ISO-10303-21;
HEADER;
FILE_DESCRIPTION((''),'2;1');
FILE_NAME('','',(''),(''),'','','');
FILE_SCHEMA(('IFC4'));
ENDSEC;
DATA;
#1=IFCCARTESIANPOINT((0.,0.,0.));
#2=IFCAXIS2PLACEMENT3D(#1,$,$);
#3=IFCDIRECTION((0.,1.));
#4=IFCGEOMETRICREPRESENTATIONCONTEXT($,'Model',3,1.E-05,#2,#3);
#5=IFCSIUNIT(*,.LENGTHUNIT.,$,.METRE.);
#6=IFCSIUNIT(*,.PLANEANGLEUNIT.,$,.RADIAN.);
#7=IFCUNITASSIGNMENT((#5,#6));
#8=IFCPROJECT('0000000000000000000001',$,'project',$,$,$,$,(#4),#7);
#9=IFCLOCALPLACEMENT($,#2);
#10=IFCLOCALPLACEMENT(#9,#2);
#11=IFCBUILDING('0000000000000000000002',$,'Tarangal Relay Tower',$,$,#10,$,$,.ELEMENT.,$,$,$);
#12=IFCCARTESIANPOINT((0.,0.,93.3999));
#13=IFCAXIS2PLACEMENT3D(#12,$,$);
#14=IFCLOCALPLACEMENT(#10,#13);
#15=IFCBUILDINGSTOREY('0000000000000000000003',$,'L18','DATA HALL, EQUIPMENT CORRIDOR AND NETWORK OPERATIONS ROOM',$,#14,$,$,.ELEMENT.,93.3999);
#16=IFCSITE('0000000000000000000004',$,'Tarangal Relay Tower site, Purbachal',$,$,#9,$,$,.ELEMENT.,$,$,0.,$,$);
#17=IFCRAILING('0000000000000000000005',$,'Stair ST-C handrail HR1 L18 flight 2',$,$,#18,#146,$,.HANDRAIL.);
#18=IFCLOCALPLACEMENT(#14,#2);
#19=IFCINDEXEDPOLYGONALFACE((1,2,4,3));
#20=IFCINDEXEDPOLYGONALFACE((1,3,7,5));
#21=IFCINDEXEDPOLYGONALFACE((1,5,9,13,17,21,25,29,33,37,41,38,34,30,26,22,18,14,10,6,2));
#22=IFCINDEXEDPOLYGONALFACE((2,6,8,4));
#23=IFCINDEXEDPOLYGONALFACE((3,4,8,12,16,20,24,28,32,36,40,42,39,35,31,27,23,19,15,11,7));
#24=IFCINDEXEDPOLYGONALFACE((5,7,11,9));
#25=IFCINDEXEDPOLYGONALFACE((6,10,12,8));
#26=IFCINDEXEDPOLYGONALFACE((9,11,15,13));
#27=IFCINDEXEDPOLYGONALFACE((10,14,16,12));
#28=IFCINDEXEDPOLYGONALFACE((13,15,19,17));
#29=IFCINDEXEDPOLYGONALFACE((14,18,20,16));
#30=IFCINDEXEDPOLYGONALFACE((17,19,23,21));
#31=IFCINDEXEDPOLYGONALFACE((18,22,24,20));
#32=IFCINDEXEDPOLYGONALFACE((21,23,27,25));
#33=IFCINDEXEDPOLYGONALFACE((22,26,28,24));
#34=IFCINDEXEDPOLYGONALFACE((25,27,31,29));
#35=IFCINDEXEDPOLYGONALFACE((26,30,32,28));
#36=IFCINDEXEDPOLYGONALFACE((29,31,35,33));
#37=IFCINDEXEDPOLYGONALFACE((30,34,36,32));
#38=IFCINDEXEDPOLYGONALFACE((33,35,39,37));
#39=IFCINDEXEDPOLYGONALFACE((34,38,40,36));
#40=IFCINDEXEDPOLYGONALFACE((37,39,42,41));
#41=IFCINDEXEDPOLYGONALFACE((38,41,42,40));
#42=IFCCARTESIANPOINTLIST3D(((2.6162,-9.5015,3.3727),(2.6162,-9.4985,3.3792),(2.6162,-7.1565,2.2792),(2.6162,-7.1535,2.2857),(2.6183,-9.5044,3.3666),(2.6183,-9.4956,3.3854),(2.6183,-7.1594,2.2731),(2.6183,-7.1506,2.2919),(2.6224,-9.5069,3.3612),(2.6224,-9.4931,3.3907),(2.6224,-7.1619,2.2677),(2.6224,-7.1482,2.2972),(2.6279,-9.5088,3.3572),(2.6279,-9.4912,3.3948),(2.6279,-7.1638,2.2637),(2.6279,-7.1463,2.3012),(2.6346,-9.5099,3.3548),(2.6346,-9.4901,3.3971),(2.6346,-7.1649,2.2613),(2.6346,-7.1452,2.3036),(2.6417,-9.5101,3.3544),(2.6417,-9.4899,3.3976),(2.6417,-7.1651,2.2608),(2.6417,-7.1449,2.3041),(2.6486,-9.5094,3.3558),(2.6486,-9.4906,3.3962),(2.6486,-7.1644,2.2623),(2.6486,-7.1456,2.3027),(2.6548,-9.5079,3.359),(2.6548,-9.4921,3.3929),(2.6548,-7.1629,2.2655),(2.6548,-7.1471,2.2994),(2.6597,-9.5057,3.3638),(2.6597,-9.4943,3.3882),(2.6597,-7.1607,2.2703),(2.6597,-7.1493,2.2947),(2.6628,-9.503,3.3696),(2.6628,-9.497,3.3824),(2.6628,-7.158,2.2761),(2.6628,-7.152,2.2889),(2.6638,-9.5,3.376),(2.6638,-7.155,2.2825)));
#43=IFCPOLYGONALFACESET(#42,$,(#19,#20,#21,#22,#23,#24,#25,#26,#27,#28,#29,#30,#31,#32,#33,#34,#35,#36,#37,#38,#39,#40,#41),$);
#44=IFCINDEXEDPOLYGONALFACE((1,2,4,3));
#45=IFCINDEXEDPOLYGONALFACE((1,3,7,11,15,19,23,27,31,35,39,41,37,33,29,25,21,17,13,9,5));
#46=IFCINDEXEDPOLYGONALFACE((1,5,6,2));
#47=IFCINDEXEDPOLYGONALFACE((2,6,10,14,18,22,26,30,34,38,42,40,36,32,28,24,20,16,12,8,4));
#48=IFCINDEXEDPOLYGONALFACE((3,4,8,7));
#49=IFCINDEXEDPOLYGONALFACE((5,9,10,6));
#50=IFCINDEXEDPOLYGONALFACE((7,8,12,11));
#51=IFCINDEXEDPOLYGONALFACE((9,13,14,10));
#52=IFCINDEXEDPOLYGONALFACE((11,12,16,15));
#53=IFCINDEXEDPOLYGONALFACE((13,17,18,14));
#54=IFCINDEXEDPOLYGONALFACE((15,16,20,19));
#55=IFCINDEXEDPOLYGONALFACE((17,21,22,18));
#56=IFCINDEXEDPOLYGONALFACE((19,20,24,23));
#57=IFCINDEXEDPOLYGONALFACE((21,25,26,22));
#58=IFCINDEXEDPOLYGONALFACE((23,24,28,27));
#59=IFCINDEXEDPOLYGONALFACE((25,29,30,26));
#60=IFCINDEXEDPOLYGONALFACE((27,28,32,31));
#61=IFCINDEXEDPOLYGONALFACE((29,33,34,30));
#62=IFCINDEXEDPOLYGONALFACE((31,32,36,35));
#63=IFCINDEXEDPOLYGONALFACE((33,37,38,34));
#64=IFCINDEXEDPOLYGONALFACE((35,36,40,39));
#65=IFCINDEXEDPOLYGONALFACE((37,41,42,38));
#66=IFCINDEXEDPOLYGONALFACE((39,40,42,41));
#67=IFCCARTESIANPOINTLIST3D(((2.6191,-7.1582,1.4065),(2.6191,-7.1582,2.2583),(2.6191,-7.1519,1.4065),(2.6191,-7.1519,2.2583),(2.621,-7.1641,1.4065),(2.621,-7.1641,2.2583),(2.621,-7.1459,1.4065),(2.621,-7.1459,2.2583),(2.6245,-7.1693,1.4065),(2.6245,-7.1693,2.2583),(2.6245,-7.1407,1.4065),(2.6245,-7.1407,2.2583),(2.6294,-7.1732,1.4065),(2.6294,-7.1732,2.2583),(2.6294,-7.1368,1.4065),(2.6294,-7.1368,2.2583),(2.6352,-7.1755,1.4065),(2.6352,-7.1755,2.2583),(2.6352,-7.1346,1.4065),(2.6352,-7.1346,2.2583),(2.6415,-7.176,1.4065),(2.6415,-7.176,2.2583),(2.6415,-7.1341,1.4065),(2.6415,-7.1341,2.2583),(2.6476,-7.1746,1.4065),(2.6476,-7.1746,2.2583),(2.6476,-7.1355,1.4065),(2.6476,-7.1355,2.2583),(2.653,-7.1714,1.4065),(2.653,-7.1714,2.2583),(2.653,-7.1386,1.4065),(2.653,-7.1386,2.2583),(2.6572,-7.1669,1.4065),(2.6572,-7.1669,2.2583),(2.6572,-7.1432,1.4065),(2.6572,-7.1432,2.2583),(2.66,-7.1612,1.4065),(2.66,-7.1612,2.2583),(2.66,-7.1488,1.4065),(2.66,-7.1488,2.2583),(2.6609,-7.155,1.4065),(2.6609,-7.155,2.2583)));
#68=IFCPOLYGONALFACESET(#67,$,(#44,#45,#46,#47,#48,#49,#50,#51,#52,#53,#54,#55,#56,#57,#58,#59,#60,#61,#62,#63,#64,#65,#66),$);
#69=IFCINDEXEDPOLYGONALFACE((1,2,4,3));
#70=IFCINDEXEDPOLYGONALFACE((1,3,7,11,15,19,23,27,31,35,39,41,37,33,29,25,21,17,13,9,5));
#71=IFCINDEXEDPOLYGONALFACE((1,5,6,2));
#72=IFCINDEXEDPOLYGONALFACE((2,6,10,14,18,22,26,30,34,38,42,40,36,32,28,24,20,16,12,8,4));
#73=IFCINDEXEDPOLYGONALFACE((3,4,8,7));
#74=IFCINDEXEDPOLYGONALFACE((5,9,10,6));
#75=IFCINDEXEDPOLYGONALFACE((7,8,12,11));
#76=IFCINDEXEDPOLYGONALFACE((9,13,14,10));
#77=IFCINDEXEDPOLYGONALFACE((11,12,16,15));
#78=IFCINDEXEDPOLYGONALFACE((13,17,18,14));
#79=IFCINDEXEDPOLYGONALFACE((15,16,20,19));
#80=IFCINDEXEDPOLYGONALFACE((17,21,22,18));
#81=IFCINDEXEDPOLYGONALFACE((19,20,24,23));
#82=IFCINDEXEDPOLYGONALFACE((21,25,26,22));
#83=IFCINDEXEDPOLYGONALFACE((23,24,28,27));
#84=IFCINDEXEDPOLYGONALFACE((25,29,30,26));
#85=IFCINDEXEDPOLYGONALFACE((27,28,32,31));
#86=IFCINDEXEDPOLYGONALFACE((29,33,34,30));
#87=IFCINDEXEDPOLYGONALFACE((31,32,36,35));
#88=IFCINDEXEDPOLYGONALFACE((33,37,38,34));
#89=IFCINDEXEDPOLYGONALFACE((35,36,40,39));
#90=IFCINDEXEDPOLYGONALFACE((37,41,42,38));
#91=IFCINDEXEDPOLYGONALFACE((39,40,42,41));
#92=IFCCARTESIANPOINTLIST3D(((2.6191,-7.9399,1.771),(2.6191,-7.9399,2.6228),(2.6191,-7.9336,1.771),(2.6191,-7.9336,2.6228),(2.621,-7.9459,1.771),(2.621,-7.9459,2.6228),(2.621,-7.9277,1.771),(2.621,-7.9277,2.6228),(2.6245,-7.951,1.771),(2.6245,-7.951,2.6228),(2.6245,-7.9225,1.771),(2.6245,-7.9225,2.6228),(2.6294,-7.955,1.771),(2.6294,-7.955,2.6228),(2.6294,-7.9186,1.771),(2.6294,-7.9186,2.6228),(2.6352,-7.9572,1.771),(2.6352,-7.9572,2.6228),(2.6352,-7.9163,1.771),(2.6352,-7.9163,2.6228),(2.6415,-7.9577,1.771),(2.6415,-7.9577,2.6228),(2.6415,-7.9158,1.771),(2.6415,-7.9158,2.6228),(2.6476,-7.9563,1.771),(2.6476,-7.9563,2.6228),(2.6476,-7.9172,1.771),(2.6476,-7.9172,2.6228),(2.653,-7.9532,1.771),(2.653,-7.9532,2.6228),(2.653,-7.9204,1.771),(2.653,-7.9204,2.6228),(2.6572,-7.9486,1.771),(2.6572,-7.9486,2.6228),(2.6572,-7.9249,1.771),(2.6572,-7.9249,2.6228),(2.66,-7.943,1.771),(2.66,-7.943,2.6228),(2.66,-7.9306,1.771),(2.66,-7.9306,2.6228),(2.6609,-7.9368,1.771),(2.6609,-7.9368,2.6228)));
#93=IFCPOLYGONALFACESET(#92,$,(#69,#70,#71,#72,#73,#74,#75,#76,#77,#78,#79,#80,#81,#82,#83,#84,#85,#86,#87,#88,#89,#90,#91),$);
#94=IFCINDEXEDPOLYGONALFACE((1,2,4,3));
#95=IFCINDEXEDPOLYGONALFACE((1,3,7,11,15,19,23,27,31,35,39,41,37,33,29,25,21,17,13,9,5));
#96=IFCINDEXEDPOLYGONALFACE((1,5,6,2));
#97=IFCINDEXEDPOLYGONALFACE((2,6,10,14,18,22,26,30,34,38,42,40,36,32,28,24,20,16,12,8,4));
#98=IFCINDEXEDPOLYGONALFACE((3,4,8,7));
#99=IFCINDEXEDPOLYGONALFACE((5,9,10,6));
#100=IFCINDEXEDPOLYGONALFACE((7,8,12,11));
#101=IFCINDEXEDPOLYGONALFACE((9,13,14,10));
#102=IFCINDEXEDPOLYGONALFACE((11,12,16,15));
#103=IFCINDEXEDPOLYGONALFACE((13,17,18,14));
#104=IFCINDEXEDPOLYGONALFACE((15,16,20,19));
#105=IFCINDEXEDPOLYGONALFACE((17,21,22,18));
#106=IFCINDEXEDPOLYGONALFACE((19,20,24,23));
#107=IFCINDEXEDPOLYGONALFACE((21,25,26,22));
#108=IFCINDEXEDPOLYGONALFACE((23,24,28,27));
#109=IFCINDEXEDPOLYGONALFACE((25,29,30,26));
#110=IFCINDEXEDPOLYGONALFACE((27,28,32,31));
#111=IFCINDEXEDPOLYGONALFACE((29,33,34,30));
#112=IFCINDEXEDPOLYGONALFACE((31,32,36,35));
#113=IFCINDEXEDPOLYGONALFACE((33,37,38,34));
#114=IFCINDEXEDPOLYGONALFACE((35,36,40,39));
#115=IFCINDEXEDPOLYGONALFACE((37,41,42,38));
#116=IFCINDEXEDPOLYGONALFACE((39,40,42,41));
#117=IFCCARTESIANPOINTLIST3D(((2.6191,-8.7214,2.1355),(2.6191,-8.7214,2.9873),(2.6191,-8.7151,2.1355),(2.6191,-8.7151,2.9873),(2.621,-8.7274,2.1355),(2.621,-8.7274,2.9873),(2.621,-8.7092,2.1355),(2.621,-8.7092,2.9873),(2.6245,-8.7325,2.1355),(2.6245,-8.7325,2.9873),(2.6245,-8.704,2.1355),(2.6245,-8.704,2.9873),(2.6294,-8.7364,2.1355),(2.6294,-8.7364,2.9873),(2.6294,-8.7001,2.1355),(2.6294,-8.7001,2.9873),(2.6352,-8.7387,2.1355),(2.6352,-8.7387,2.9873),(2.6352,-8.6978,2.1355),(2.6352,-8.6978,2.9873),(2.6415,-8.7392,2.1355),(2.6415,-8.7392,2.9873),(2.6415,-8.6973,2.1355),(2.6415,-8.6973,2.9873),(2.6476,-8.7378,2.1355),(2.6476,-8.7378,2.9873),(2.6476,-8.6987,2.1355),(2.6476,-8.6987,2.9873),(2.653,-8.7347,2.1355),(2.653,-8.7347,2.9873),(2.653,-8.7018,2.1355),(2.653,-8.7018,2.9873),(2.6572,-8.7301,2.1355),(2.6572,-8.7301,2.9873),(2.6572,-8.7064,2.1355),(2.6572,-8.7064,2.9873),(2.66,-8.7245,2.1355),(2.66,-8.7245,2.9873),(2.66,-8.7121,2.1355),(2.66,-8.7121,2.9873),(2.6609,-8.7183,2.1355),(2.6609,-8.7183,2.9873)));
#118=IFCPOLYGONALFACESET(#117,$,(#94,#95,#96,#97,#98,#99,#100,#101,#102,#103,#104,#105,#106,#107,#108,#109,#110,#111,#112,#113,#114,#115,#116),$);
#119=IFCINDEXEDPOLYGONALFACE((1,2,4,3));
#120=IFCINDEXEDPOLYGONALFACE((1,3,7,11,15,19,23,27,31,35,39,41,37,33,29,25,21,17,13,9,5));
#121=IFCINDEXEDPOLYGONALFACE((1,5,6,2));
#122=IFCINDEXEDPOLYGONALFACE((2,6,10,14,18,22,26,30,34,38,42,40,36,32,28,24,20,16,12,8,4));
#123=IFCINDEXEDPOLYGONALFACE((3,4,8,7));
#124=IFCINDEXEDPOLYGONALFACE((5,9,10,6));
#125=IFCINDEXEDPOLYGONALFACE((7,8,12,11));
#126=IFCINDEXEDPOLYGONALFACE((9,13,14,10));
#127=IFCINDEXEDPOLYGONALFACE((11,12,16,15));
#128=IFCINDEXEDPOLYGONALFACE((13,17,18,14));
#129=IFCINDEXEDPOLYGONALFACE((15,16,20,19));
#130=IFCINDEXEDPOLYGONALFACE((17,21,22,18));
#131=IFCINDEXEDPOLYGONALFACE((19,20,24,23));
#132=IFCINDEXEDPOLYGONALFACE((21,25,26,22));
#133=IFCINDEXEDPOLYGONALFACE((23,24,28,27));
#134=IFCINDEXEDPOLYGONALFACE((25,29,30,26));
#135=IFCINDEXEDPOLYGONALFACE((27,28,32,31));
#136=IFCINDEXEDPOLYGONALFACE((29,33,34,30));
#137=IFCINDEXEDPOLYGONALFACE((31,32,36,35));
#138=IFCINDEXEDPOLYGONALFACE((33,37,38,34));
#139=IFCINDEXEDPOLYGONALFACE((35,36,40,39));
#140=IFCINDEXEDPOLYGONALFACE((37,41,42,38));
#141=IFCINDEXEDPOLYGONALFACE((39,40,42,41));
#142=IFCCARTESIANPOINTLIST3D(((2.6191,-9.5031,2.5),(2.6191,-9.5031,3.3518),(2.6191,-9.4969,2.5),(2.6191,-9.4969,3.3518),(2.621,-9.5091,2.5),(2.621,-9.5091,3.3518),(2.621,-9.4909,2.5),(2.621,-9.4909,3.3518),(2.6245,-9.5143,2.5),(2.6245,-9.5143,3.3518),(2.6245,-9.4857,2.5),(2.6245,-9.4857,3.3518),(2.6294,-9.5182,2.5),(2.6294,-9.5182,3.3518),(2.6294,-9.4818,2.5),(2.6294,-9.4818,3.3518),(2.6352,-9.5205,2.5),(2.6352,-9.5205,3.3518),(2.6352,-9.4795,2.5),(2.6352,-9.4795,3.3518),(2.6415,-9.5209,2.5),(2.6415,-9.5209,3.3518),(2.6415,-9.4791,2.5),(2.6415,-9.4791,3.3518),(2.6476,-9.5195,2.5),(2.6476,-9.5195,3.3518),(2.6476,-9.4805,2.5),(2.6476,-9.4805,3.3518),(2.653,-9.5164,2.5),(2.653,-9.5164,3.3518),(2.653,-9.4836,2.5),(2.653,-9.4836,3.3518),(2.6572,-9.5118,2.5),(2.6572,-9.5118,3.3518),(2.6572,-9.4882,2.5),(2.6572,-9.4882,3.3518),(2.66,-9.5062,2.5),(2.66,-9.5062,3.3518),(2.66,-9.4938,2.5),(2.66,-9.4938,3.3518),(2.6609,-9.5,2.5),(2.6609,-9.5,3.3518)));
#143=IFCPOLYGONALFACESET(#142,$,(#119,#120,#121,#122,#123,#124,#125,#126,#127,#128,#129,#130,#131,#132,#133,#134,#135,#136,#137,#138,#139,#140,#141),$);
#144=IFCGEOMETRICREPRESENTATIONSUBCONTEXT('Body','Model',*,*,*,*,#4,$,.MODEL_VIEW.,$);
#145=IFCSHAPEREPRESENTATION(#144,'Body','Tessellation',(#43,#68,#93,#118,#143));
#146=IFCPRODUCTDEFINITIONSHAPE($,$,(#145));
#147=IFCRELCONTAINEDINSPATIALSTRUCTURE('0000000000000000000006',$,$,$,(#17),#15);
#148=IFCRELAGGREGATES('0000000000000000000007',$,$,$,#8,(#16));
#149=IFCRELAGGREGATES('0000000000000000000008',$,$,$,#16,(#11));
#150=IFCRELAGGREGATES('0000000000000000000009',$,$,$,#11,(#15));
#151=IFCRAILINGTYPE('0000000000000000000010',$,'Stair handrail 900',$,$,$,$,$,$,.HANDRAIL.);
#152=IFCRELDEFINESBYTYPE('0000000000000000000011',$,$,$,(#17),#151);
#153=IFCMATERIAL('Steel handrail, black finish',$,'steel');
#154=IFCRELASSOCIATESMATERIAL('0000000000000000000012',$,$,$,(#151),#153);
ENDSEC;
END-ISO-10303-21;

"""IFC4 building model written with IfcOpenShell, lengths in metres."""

from ifc_helpers import new_model, si_unit, direction, frame, origin, origin_2d, place, context, subcontext, project, spatial, circle, extrude, material, type_object, element, save


model = new_model("IFC4")

# Units and contexts
model_context = context("Model", 3, precision=1e-05, world=origin(), true_north=direction((0.0, 1.0)))
body_context = subcontext(model_context, "Body", "Model", "MODEL_VIEW")
ifc_project = project(units=[si_unit("LENGTHUNIT", "METRE"), si_unit("PLANEANGLEUNIT", "RADIAN")], contexts=[model_context])

# Site, building, storey
site_placement = place(None, origin())
site = spatial("IfcSite", under=ifc_project, at=site_placement, Name="Tarangal Relay Tower site, Purbachal", CompositionType="ELEMENT", RefElevation=0.0)
building_placement = place(site_placement, origin())
building = spatial("IfcBuilding", under=site, at=building_placement, Name="Tarangal Relay Tower", CompositionType="ELEMENT")
storey_placement = place(building_placement, frame((0.0, 0.0, 93.3999)))
storey = spatial("IfcBuildingStorey", under=building, at=storey_placement, Name="L18", Description="DATA HALL, EQUIPMENT CORRIDOR AND NETWORK OPERATIONS ROOM", CompositionType="ELEMENT", Elevation=93.3999)

# Railing
ifc_material_1 = material(Name="Steel handrail, black finish", Category="steel")
railing_type_1 = type_object("IfcRailingType", Name="Stair handrail 900", PredefinedType="HANDRAIL", material=ifc_material_1)
for number, where, name in (
    (1, (2.6399, -7.155, 1.4065), "Stair ST-C handrail HR1 L18 flight 2"),
):
    element("IfcRailing", number, at=place(storey_placement, frame(where)), inside=storey, type_object=railing_type_1, Name=name, PredefinedType="HANDRAIL", context=body_context, shape_type="SweptSolid", body=[
        extrude(circle(Radius=0.0239, at=origin_2d()), frame((0.0, 0.0, 0.876), z_axis=(0.0, -0.906304, 0.422627), x_axis=(1.0, 0.0, 0.0)), (0.0, 0.0, 1.0), 2.5874),
        extrude(circle(Radius=0.021, at=origin_2d()), origin(), (0.0, 0.0, 1.0), 0.8518),
        extrude(circle(Radius=0.021, at=origin_2d()), frame((0.0, -0.7817, 0.3645)), (0.0, 0.0, 1.0), 0.8518),
        extrude(circle(Radius=0.021, at=origin_2d()), frame((0.0, -1.5632, 0.729)), (0.0, 0.0, 1.0), 0.8518),
        extrude(circle(Radius=0.021, at=origin_2d()), frame((0.0, -2.345, 1.0935)), (0.0, 0.0, 1.0), 0.8518),
    ])

save(model, "model.ifc")
